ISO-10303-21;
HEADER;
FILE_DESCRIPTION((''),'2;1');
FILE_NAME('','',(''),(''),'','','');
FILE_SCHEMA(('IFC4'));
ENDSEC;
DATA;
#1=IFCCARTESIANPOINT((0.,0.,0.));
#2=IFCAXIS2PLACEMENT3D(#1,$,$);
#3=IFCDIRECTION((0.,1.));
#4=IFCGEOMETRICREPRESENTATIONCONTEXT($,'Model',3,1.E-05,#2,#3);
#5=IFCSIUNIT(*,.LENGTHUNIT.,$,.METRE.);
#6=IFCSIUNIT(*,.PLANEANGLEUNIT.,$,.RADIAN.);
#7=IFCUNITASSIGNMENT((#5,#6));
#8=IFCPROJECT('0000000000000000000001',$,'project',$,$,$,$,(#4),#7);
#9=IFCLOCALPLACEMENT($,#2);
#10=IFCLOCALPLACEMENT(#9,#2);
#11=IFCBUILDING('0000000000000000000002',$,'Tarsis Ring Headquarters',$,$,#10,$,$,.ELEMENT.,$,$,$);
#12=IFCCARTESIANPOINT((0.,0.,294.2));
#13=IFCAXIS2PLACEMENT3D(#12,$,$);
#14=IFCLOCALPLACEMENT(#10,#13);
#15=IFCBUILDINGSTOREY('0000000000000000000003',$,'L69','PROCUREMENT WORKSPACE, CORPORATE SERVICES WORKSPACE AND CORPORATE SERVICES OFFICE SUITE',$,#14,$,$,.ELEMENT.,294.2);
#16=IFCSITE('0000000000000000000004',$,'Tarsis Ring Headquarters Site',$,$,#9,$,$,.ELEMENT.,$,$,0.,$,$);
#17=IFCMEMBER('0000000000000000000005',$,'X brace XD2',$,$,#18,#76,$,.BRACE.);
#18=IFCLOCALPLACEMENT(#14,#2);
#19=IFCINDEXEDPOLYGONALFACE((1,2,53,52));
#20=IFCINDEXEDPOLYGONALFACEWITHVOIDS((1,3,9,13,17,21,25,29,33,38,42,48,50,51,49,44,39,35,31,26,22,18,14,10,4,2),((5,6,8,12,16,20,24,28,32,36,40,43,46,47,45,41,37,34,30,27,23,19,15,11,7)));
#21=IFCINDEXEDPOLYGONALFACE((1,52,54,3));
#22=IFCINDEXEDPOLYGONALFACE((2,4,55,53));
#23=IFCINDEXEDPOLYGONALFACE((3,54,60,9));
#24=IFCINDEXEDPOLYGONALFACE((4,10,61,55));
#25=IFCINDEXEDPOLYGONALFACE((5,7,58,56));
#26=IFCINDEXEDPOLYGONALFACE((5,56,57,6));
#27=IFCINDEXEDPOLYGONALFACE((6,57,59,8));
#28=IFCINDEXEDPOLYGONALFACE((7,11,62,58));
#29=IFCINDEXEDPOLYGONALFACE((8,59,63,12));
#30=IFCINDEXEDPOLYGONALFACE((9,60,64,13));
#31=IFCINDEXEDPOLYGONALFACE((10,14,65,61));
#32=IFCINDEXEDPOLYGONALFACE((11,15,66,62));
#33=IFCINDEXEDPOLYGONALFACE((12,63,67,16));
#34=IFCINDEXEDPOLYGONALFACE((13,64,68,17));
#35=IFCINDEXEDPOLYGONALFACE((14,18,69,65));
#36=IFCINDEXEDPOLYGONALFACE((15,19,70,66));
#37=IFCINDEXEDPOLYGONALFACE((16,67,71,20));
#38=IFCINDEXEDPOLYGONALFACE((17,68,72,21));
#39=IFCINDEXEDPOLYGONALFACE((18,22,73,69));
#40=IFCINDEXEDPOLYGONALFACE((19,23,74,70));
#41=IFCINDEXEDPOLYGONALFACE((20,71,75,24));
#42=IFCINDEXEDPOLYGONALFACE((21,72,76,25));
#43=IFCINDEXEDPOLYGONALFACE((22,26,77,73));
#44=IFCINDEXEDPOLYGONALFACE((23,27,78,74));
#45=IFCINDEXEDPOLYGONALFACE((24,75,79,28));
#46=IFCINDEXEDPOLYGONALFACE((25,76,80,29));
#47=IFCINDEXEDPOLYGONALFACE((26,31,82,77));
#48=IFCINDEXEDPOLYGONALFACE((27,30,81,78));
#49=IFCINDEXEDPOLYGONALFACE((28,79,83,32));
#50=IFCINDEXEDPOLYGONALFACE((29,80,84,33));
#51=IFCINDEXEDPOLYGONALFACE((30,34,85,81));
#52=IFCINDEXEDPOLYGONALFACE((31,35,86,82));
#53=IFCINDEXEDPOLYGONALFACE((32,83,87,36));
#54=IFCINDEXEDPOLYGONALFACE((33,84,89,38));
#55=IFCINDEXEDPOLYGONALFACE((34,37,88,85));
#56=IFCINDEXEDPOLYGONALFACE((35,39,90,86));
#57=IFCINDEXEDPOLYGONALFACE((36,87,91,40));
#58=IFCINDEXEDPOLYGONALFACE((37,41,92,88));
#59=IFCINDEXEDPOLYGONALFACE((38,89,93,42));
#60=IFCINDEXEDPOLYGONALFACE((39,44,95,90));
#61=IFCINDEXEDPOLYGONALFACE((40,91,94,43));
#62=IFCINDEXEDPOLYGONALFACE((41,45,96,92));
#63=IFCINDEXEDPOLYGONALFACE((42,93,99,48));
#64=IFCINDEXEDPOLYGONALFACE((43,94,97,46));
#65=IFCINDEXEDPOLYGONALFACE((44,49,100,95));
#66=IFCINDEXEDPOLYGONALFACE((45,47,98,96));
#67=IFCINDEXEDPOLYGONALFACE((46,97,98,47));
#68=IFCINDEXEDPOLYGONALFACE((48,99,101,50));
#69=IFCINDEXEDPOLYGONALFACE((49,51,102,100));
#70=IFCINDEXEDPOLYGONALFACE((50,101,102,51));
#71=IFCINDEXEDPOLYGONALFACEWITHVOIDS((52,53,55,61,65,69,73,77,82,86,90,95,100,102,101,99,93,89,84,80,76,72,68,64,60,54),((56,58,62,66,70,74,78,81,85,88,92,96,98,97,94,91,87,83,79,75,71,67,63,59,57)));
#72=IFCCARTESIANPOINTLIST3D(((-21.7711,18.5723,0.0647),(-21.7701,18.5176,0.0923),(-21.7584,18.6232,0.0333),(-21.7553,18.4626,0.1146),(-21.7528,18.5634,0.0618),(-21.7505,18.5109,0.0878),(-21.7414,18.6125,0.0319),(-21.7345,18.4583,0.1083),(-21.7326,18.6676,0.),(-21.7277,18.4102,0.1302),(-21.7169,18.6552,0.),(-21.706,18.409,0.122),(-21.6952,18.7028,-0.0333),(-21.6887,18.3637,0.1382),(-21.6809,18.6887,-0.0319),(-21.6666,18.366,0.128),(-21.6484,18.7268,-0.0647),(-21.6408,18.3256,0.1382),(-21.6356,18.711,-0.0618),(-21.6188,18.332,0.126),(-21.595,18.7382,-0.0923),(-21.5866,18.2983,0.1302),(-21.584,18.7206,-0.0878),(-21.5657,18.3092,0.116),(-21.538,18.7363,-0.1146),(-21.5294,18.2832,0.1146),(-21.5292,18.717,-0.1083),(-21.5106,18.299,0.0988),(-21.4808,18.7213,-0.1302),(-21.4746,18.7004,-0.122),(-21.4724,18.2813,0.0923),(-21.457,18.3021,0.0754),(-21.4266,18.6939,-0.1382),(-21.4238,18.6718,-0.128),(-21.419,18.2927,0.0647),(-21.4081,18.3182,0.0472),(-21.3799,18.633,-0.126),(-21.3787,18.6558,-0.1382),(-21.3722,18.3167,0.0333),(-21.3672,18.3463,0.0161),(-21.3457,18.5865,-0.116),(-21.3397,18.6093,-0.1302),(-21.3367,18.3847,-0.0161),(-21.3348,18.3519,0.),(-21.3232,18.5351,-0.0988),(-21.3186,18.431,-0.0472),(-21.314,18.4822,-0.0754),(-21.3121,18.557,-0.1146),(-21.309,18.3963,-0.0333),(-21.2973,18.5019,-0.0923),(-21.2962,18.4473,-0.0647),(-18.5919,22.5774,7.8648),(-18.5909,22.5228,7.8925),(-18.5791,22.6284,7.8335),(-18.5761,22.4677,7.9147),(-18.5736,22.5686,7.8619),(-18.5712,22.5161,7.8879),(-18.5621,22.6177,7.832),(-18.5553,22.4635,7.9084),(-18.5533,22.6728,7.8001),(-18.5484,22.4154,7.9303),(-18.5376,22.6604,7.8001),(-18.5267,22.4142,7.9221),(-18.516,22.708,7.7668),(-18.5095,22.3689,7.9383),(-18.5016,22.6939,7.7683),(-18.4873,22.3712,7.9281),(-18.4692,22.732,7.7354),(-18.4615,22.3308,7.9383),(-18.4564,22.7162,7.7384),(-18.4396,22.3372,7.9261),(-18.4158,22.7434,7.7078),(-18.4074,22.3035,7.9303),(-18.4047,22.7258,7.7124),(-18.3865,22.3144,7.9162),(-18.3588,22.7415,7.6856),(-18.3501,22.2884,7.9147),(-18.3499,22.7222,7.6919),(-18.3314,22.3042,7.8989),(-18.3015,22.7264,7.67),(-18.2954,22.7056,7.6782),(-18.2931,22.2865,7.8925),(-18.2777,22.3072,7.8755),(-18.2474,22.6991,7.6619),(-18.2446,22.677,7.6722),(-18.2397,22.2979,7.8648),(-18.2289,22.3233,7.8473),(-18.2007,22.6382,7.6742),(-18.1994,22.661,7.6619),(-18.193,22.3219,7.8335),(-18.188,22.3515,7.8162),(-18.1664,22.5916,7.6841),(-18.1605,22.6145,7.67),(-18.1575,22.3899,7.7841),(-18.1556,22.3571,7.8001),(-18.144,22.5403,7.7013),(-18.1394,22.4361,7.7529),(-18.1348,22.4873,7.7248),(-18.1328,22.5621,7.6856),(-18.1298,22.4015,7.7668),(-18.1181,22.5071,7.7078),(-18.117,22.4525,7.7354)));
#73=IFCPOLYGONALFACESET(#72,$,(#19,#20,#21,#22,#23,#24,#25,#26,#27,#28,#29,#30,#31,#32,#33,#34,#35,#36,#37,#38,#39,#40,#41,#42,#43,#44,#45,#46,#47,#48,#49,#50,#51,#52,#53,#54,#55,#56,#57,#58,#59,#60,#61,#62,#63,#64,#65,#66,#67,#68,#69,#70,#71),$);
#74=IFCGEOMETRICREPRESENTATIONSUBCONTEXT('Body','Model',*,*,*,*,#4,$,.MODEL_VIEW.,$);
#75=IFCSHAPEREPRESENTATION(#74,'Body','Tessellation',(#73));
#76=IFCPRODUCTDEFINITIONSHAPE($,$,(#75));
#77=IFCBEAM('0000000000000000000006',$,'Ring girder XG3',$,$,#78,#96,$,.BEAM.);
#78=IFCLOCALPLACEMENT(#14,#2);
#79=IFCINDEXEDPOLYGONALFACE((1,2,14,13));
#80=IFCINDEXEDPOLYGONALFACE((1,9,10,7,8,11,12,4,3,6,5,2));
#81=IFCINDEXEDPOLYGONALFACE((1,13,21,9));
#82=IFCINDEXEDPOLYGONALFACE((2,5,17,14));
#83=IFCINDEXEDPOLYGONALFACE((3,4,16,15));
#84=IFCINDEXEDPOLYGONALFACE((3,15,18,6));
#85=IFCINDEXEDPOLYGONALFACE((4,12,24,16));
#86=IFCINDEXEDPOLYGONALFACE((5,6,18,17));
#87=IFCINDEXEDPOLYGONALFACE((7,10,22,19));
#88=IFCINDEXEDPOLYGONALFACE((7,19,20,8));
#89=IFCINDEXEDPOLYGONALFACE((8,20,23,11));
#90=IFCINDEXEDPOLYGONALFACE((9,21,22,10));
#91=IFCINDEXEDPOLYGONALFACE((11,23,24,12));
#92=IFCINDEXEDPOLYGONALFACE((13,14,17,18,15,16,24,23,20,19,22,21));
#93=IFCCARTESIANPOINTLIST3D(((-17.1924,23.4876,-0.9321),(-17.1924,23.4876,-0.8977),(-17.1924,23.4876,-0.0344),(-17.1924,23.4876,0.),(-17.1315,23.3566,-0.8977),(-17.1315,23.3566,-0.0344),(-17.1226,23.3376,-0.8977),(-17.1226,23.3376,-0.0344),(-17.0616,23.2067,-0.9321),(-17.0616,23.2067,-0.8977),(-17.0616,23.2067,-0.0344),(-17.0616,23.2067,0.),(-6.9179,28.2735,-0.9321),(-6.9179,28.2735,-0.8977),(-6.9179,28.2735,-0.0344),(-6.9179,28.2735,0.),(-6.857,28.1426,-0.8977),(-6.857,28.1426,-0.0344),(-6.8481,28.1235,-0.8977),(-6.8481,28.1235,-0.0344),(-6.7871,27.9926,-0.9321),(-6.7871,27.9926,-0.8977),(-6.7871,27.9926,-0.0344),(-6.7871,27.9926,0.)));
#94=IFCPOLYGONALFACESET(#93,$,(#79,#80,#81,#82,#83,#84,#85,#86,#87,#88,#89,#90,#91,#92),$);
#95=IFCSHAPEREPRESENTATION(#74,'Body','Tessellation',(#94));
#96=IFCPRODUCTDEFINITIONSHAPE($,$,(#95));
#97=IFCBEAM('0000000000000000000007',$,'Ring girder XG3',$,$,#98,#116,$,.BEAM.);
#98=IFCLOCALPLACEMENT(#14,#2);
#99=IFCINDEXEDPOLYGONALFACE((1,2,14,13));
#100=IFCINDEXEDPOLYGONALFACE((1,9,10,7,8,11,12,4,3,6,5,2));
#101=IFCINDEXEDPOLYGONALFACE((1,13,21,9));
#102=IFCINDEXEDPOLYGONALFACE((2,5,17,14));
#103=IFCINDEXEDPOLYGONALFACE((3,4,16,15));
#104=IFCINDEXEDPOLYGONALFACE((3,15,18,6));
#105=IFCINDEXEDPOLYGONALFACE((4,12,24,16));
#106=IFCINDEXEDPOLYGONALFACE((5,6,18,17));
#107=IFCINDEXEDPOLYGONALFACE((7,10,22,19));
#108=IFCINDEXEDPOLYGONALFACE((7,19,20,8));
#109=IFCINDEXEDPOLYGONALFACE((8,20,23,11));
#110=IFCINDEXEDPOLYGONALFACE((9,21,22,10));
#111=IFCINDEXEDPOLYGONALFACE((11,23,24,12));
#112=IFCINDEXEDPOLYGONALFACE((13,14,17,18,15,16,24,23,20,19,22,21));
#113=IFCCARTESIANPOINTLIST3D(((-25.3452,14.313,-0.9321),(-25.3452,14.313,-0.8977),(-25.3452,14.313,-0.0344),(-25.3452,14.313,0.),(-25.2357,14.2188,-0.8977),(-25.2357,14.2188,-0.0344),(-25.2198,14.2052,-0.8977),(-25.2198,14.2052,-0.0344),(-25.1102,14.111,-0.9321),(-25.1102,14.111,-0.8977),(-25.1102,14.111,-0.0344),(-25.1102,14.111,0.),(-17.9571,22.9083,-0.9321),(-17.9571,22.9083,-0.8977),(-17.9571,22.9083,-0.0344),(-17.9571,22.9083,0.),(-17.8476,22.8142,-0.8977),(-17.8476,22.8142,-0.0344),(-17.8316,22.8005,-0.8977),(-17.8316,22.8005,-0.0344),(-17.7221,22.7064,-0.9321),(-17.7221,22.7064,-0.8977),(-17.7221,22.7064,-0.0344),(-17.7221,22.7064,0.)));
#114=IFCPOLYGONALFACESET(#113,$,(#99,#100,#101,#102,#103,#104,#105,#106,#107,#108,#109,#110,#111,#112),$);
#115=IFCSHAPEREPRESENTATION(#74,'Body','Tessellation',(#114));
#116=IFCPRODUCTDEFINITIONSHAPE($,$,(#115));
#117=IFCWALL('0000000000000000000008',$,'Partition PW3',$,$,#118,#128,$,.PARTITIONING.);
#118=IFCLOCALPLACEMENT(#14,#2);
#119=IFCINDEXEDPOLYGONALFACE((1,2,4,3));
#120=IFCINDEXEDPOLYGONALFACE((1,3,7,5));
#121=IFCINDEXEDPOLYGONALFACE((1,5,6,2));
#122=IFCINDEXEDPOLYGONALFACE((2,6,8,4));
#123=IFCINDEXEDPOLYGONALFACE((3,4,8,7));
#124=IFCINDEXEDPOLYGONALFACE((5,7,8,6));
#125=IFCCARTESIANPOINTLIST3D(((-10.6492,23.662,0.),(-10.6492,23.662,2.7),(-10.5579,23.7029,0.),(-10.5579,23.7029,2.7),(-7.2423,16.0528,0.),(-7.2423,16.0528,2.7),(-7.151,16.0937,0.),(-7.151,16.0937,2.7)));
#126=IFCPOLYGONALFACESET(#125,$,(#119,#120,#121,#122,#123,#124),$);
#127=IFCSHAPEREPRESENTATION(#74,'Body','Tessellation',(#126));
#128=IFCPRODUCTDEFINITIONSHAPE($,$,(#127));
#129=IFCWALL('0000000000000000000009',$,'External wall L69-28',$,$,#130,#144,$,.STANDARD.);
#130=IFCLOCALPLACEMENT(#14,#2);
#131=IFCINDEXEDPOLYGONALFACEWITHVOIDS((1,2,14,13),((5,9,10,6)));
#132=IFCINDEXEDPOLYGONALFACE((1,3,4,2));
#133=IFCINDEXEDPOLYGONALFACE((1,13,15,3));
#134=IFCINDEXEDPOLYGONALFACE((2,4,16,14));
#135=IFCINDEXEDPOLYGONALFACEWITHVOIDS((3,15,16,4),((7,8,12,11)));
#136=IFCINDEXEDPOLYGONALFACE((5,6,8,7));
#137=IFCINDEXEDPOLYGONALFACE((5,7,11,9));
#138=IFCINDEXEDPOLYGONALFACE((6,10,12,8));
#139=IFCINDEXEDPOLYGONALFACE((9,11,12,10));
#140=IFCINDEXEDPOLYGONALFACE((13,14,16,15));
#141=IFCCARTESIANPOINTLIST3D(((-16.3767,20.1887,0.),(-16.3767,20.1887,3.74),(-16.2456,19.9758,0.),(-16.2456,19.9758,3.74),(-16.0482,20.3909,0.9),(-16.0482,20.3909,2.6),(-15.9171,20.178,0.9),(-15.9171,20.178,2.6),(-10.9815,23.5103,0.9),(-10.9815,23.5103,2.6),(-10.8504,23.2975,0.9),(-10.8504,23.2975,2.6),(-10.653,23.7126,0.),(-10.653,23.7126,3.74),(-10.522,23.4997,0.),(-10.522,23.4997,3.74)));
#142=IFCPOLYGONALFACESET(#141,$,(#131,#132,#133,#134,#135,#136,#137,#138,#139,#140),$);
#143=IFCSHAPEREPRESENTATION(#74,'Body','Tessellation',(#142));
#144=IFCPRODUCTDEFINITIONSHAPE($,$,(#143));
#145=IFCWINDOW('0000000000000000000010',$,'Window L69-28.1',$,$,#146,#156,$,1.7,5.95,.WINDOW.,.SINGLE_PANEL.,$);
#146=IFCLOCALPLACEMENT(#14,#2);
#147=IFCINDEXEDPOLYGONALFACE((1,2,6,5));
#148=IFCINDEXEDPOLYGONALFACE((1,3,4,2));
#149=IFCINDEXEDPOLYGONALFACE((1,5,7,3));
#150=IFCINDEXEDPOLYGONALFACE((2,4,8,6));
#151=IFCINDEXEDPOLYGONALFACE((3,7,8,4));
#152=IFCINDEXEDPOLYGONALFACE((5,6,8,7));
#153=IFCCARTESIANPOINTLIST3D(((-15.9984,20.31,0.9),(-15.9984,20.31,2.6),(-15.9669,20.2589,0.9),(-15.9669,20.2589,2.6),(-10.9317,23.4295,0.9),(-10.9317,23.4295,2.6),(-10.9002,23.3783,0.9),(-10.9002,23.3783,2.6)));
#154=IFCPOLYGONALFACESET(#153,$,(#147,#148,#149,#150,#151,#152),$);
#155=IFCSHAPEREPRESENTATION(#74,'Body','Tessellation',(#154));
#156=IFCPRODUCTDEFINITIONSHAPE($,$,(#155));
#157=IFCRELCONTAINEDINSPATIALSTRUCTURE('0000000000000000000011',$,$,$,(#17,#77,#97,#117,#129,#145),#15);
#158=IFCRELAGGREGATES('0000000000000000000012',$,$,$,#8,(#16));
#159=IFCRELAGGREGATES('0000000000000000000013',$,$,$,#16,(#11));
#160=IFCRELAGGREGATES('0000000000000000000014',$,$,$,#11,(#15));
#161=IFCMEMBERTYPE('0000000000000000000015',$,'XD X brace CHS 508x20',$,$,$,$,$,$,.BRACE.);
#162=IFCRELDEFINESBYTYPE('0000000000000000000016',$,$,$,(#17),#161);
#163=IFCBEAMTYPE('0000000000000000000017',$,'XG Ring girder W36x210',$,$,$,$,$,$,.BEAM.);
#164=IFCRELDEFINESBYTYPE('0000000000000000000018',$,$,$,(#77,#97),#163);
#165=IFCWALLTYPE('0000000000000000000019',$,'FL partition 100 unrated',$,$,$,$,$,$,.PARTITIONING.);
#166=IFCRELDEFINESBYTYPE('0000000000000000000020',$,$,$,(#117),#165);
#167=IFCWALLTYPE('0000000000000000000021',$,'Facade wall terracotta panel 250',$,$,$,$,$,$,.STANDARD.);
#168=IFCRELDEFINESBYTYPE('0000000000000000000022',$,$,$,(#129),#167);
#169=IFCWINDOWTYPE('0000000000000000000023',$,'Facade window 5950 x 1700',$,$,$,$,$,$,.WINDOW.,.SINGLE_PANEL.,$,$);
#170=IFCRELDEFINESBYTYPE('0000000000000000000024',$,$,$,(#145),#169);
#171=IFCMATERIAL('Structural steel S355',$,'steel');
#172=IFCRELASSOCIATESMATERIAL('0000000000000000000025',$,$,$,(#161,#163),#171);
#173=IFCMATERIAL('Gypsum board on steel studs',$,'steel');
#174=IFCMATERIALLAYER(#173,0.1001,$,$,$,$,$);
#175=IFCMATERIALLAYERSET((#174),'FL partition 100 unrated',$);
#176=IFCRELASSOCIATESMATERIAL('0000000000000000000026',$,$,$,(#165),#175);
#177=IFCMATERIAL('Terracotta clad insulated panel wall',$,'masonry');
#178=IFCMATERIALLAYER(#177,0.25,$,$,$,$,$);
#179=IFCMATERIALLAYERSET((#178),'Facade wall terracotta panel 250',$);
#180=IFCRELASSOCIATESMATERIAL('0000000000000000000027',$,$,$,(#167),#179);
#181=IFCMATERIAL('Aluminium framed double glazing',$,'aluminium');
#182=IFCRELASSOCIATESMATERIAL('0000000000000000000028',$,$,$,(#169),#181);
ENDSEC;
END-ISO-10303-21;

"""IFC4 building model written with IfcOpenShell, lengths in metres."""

from ifc_helpers import new_model, si_unit, direction, frame, frame_2d, origin, origin_2d, place, context, subcontext, project, spatial, rectangle, hollow_circle, i_section, extrude, material, layer, layer_set, material_profile, profile_set, type_object, element, fill, save


model = new_model("IFC4")

# Units and contexts
model_context = context("Model", 3, precision=1e-05, world=origin(), true_north=direction((0.0, 1.0)))
body_context = subcontext(model_context, "Body", "Model", "MODEL_VIEW")
ifc_project = project(units=[si_unit("LENGTHUNIT", "METRE"), si_unit("PLANEANGLEUNIT", "RADIAN")], contexts=[model_context])

# Site, building, storey
site_placement = place(None, origin())
site = spatial("IfcSite", under=ifc_project, at=site_placement, Name="Tarsis Ring Headquarters Site", CompositionType="ELEMENT", RefElevation=0.0)
building_placement = place(site_placement, origin())
building = spatial("IfcBuilding", under=site, at=building_placement, Name="Tarsis Ring Headquarters", CompositionType="ELEMENT")
storey_placement = place(building_placement, frame((0.0, 0.0, 294.2)))
storey = spatial("IfcBuildingStorey", under=building, at=storey_placement, Name="L69", Description="PROCUREMENT WORKSPACE, CORPORATE SERVICES WORKSPACE AND CORPORATE SERVICES OFFICE SUITE", CompositionType="ELEMENT", Elevation=294.2)

# Shared definitions
ifc_material_1 = material(Name="Structural steel S355", Category="steel")

# Member
ifc_material_profile_1 = material_profile(ifc_material_1, hollow_circle(Radius=0.2539, WallThickness=0.02, at=origin_2d()), Name="CHS 508x20")
ifc_profile_set_1 = profile_set([ifc_material_profile_1], Name="Structural steel S355")
member_type = type_object("IfcMemberType", Name="XD X brace CHS 508x20", PredefinedType="BRACE", material=ifc_profile_set_1)
member_1_placement = place(storey_placement, frame((-21.5337, 18.5098, 0.0), z_axis=(0.340867, 0.429422, 0.836305), x_axis=(-0.783239, 0.621721, 0.0)))
element("IfcMember", 1, at=member_1_placement, inside=storey, type_object=member_type, Name="X brace XD2", PredefinedType="BRACE", context=body_context, shape_type="SweptSolid", body=[
    extrude(hollow_circle(Radius=0.2539, WallThickness=0.02, at=origin_2d()), origin(), (0.0, 0.0, 1.0), 9.3269),
])

# Beams
ifc_material_profile_2 = material_profile(ifc_material_1, i_section(OverallWidth=0.3098, OverallDepth=0.9321, WebThickness=0.021, FlangeThickness=0.0344, at=origin_2d()), Name="W36x210")
ifc_profile_set_2 = profile_set([ifc_material_profile_2], Name="Structural steel S355")
beam_type_1 = type_object("IfcBeamType", Name="XG Ring girder W36x210", PredefinedType="BEAM", material=ifc_profile_set_2)
beam_1_placement = place(storey_placement, frame((-6.8525, 28.1331, -0.4661), z_axis=(-0.906482, -0.422245, 0.0), x_axis=(0.422245, -0.906482, 0.0)))
element("IfcBeam", 2, at=beam_1_placement, inside=storey, type_object=beam_type_1, Name="Ring girder XG3", PredefinedType="BEAM", context=body_context, shape_type="SweptSolid", body=[
    extrude(i_section(OverallWidth=0.3098, OverallDepth=0.9321, WebThickness=0.021, FlangeThickness=0.0344, at=origin_2d()), origin(), (0.0, 0.0, 1.0), 11.3345),
])
beam_2_placement = place(storey_placement, frame((-17.8396, 22.8074, -0.4661), z_axis=(-0.651841, -0.758356, 0.0), x_axis=(0.758356, -0.651841, 0.0)))
element("IfcBeam", 3, at=beam_2_placement, inside=storey, type_object=beam_type_1, Name="Ring girder XG3", PredefinedType="BEAM", context=body_context, shape_type="SweptSolid", body=[
    extrude(i_section(OverallWidth=0.3098, OverallDepth=0.9321, WebThickness=0.021, FlangeThickness=0.0344, at=origin_2d()), origin(), (0.0, 0.0, 1.0), 11.3342),
])

# Wall
ifc_material_2 = material(Name="Gypsum board on steel studs", Category="steel")
ifc_layer_1 = layer(ifc_material_2, 0.1001)
ifc_layer_set_1 = layer_set([ifc_layer_1], Name="FL partition 100 unrated")
wall_type_1 = type_object("IfcWallType", Name="FL partition 100 unrated", PredefinedType="PARTITIONING", material=ifc_layer_set_1)
wall_1_placement = place(storey_placement, frame((-10.6035, 23.6824, 0.0), z_axis=(0.0, 0.0, 1.0), x_axis=(0.408645, -0.912694, 0.0)))
element("IfcWall", 4, at=wall_1_placement, inside=storey, type_object=wall_type_1, Name="Partition PW3", PredefinedType="PARTITIONING", context=body_context, shape_type="SweptSolid", body=[
    extrude(rectangle(XDim=8.3372, YDim=0.1001, at=frame_2d((4.1685, 0.0))), origin(), (0.0, 0.0, 1.0), 2.7),
])

# Wall, opening, window
ifc_material_3 = material(Name="Terracotta clad insulated panel wall", Category="masonry")
ifc_layer_2 = layer(ifc_material_3, 0.25)
ifc_layer_set_2 = layer_set([ifc_layer_2], Name="Facade wall terracotta panel 250")
wall_type_2 = type_object("IfcWallType", Name="Facade wall terracotta panel 250", PredefinedType="STANDARD", material=ifc_layer_set_2)
wall_2_placement = place(storey_placement, frame((-10.5874, 23.6062, 0.0), z_axis=(0.0, 0.0, 1.0), x_axis=(-0.851546, -0.52428, 0.0)))
wall_2 = element("IfcWall", 5, at=wall_2_placement, inside=storey, type_object=wall_type_2, Name="External wall L69-28", PredefinedType="STANDARD", context=body_context, shape_type="SweptSolid", body=[
    extrude(rectangle(XDim=6.7214, YDim=0.25, at=frame_2d((3.3608, 0.0))), origin(), (0.0, 0.0, 1.0), 3.74),
])
opening_1_placement = place(wall_2_placement, frame((0.3857, 0.0, 0.8999)))
opening_1 = element("IfcOpeningElement", 6, at=opening_1_placement, cuts=wall_2, PredefinedType="OPENING", context=body_context, shape_type="SweptSolid", body=[
    extrude(rectangle(XDim=5.95, YDim=1.7, at=frame_2d((2.9751, 0.8501))), frame((0.0, 0.135, 0.0), z_axis=(0.0, -1.0, 0.0), x_axis=(1.0, 0.0, 0.0)), (0.0, 0.0, 1.0), 0.27),
])
ifc_material_4 = material(Name="Aluminium framed double glazing", Category="aluminium")
window_type = type_object("IfcWindowType", Name="Facade window 5950 x 1700", PartitioningType="SINGLE_PANEL", PredefinedType="WINDOW", material=ifc_material_4)
window_1_placement = place(opening_1_placement, origin())
window_1 = element("IfcWindow", 7, at=window_1_placement, inside=storey, type_object=window_type, Name="Window L69-28.1", OverallHeight=1.7, OverallWidth=5.95, PartitioningType="SINGLE_PANEL", PredefinedType="WINDOW", context=body_context, shape_type="SweptSolid", body=[
    extrude(rectangle(XDim=5.95, YDim=1.7, at=frame_2d((2.9751, 0.8501))), frame((0.0, 0.03, 0.0), z_axis=(0.0, -1.0, 0.0), x_axis=(1.0, 0.0, 0.0)), (0.0, 0.0, 1.0), 0.0601),
])
fill(opening_1, window_1)

save(model, "model.ifc")
